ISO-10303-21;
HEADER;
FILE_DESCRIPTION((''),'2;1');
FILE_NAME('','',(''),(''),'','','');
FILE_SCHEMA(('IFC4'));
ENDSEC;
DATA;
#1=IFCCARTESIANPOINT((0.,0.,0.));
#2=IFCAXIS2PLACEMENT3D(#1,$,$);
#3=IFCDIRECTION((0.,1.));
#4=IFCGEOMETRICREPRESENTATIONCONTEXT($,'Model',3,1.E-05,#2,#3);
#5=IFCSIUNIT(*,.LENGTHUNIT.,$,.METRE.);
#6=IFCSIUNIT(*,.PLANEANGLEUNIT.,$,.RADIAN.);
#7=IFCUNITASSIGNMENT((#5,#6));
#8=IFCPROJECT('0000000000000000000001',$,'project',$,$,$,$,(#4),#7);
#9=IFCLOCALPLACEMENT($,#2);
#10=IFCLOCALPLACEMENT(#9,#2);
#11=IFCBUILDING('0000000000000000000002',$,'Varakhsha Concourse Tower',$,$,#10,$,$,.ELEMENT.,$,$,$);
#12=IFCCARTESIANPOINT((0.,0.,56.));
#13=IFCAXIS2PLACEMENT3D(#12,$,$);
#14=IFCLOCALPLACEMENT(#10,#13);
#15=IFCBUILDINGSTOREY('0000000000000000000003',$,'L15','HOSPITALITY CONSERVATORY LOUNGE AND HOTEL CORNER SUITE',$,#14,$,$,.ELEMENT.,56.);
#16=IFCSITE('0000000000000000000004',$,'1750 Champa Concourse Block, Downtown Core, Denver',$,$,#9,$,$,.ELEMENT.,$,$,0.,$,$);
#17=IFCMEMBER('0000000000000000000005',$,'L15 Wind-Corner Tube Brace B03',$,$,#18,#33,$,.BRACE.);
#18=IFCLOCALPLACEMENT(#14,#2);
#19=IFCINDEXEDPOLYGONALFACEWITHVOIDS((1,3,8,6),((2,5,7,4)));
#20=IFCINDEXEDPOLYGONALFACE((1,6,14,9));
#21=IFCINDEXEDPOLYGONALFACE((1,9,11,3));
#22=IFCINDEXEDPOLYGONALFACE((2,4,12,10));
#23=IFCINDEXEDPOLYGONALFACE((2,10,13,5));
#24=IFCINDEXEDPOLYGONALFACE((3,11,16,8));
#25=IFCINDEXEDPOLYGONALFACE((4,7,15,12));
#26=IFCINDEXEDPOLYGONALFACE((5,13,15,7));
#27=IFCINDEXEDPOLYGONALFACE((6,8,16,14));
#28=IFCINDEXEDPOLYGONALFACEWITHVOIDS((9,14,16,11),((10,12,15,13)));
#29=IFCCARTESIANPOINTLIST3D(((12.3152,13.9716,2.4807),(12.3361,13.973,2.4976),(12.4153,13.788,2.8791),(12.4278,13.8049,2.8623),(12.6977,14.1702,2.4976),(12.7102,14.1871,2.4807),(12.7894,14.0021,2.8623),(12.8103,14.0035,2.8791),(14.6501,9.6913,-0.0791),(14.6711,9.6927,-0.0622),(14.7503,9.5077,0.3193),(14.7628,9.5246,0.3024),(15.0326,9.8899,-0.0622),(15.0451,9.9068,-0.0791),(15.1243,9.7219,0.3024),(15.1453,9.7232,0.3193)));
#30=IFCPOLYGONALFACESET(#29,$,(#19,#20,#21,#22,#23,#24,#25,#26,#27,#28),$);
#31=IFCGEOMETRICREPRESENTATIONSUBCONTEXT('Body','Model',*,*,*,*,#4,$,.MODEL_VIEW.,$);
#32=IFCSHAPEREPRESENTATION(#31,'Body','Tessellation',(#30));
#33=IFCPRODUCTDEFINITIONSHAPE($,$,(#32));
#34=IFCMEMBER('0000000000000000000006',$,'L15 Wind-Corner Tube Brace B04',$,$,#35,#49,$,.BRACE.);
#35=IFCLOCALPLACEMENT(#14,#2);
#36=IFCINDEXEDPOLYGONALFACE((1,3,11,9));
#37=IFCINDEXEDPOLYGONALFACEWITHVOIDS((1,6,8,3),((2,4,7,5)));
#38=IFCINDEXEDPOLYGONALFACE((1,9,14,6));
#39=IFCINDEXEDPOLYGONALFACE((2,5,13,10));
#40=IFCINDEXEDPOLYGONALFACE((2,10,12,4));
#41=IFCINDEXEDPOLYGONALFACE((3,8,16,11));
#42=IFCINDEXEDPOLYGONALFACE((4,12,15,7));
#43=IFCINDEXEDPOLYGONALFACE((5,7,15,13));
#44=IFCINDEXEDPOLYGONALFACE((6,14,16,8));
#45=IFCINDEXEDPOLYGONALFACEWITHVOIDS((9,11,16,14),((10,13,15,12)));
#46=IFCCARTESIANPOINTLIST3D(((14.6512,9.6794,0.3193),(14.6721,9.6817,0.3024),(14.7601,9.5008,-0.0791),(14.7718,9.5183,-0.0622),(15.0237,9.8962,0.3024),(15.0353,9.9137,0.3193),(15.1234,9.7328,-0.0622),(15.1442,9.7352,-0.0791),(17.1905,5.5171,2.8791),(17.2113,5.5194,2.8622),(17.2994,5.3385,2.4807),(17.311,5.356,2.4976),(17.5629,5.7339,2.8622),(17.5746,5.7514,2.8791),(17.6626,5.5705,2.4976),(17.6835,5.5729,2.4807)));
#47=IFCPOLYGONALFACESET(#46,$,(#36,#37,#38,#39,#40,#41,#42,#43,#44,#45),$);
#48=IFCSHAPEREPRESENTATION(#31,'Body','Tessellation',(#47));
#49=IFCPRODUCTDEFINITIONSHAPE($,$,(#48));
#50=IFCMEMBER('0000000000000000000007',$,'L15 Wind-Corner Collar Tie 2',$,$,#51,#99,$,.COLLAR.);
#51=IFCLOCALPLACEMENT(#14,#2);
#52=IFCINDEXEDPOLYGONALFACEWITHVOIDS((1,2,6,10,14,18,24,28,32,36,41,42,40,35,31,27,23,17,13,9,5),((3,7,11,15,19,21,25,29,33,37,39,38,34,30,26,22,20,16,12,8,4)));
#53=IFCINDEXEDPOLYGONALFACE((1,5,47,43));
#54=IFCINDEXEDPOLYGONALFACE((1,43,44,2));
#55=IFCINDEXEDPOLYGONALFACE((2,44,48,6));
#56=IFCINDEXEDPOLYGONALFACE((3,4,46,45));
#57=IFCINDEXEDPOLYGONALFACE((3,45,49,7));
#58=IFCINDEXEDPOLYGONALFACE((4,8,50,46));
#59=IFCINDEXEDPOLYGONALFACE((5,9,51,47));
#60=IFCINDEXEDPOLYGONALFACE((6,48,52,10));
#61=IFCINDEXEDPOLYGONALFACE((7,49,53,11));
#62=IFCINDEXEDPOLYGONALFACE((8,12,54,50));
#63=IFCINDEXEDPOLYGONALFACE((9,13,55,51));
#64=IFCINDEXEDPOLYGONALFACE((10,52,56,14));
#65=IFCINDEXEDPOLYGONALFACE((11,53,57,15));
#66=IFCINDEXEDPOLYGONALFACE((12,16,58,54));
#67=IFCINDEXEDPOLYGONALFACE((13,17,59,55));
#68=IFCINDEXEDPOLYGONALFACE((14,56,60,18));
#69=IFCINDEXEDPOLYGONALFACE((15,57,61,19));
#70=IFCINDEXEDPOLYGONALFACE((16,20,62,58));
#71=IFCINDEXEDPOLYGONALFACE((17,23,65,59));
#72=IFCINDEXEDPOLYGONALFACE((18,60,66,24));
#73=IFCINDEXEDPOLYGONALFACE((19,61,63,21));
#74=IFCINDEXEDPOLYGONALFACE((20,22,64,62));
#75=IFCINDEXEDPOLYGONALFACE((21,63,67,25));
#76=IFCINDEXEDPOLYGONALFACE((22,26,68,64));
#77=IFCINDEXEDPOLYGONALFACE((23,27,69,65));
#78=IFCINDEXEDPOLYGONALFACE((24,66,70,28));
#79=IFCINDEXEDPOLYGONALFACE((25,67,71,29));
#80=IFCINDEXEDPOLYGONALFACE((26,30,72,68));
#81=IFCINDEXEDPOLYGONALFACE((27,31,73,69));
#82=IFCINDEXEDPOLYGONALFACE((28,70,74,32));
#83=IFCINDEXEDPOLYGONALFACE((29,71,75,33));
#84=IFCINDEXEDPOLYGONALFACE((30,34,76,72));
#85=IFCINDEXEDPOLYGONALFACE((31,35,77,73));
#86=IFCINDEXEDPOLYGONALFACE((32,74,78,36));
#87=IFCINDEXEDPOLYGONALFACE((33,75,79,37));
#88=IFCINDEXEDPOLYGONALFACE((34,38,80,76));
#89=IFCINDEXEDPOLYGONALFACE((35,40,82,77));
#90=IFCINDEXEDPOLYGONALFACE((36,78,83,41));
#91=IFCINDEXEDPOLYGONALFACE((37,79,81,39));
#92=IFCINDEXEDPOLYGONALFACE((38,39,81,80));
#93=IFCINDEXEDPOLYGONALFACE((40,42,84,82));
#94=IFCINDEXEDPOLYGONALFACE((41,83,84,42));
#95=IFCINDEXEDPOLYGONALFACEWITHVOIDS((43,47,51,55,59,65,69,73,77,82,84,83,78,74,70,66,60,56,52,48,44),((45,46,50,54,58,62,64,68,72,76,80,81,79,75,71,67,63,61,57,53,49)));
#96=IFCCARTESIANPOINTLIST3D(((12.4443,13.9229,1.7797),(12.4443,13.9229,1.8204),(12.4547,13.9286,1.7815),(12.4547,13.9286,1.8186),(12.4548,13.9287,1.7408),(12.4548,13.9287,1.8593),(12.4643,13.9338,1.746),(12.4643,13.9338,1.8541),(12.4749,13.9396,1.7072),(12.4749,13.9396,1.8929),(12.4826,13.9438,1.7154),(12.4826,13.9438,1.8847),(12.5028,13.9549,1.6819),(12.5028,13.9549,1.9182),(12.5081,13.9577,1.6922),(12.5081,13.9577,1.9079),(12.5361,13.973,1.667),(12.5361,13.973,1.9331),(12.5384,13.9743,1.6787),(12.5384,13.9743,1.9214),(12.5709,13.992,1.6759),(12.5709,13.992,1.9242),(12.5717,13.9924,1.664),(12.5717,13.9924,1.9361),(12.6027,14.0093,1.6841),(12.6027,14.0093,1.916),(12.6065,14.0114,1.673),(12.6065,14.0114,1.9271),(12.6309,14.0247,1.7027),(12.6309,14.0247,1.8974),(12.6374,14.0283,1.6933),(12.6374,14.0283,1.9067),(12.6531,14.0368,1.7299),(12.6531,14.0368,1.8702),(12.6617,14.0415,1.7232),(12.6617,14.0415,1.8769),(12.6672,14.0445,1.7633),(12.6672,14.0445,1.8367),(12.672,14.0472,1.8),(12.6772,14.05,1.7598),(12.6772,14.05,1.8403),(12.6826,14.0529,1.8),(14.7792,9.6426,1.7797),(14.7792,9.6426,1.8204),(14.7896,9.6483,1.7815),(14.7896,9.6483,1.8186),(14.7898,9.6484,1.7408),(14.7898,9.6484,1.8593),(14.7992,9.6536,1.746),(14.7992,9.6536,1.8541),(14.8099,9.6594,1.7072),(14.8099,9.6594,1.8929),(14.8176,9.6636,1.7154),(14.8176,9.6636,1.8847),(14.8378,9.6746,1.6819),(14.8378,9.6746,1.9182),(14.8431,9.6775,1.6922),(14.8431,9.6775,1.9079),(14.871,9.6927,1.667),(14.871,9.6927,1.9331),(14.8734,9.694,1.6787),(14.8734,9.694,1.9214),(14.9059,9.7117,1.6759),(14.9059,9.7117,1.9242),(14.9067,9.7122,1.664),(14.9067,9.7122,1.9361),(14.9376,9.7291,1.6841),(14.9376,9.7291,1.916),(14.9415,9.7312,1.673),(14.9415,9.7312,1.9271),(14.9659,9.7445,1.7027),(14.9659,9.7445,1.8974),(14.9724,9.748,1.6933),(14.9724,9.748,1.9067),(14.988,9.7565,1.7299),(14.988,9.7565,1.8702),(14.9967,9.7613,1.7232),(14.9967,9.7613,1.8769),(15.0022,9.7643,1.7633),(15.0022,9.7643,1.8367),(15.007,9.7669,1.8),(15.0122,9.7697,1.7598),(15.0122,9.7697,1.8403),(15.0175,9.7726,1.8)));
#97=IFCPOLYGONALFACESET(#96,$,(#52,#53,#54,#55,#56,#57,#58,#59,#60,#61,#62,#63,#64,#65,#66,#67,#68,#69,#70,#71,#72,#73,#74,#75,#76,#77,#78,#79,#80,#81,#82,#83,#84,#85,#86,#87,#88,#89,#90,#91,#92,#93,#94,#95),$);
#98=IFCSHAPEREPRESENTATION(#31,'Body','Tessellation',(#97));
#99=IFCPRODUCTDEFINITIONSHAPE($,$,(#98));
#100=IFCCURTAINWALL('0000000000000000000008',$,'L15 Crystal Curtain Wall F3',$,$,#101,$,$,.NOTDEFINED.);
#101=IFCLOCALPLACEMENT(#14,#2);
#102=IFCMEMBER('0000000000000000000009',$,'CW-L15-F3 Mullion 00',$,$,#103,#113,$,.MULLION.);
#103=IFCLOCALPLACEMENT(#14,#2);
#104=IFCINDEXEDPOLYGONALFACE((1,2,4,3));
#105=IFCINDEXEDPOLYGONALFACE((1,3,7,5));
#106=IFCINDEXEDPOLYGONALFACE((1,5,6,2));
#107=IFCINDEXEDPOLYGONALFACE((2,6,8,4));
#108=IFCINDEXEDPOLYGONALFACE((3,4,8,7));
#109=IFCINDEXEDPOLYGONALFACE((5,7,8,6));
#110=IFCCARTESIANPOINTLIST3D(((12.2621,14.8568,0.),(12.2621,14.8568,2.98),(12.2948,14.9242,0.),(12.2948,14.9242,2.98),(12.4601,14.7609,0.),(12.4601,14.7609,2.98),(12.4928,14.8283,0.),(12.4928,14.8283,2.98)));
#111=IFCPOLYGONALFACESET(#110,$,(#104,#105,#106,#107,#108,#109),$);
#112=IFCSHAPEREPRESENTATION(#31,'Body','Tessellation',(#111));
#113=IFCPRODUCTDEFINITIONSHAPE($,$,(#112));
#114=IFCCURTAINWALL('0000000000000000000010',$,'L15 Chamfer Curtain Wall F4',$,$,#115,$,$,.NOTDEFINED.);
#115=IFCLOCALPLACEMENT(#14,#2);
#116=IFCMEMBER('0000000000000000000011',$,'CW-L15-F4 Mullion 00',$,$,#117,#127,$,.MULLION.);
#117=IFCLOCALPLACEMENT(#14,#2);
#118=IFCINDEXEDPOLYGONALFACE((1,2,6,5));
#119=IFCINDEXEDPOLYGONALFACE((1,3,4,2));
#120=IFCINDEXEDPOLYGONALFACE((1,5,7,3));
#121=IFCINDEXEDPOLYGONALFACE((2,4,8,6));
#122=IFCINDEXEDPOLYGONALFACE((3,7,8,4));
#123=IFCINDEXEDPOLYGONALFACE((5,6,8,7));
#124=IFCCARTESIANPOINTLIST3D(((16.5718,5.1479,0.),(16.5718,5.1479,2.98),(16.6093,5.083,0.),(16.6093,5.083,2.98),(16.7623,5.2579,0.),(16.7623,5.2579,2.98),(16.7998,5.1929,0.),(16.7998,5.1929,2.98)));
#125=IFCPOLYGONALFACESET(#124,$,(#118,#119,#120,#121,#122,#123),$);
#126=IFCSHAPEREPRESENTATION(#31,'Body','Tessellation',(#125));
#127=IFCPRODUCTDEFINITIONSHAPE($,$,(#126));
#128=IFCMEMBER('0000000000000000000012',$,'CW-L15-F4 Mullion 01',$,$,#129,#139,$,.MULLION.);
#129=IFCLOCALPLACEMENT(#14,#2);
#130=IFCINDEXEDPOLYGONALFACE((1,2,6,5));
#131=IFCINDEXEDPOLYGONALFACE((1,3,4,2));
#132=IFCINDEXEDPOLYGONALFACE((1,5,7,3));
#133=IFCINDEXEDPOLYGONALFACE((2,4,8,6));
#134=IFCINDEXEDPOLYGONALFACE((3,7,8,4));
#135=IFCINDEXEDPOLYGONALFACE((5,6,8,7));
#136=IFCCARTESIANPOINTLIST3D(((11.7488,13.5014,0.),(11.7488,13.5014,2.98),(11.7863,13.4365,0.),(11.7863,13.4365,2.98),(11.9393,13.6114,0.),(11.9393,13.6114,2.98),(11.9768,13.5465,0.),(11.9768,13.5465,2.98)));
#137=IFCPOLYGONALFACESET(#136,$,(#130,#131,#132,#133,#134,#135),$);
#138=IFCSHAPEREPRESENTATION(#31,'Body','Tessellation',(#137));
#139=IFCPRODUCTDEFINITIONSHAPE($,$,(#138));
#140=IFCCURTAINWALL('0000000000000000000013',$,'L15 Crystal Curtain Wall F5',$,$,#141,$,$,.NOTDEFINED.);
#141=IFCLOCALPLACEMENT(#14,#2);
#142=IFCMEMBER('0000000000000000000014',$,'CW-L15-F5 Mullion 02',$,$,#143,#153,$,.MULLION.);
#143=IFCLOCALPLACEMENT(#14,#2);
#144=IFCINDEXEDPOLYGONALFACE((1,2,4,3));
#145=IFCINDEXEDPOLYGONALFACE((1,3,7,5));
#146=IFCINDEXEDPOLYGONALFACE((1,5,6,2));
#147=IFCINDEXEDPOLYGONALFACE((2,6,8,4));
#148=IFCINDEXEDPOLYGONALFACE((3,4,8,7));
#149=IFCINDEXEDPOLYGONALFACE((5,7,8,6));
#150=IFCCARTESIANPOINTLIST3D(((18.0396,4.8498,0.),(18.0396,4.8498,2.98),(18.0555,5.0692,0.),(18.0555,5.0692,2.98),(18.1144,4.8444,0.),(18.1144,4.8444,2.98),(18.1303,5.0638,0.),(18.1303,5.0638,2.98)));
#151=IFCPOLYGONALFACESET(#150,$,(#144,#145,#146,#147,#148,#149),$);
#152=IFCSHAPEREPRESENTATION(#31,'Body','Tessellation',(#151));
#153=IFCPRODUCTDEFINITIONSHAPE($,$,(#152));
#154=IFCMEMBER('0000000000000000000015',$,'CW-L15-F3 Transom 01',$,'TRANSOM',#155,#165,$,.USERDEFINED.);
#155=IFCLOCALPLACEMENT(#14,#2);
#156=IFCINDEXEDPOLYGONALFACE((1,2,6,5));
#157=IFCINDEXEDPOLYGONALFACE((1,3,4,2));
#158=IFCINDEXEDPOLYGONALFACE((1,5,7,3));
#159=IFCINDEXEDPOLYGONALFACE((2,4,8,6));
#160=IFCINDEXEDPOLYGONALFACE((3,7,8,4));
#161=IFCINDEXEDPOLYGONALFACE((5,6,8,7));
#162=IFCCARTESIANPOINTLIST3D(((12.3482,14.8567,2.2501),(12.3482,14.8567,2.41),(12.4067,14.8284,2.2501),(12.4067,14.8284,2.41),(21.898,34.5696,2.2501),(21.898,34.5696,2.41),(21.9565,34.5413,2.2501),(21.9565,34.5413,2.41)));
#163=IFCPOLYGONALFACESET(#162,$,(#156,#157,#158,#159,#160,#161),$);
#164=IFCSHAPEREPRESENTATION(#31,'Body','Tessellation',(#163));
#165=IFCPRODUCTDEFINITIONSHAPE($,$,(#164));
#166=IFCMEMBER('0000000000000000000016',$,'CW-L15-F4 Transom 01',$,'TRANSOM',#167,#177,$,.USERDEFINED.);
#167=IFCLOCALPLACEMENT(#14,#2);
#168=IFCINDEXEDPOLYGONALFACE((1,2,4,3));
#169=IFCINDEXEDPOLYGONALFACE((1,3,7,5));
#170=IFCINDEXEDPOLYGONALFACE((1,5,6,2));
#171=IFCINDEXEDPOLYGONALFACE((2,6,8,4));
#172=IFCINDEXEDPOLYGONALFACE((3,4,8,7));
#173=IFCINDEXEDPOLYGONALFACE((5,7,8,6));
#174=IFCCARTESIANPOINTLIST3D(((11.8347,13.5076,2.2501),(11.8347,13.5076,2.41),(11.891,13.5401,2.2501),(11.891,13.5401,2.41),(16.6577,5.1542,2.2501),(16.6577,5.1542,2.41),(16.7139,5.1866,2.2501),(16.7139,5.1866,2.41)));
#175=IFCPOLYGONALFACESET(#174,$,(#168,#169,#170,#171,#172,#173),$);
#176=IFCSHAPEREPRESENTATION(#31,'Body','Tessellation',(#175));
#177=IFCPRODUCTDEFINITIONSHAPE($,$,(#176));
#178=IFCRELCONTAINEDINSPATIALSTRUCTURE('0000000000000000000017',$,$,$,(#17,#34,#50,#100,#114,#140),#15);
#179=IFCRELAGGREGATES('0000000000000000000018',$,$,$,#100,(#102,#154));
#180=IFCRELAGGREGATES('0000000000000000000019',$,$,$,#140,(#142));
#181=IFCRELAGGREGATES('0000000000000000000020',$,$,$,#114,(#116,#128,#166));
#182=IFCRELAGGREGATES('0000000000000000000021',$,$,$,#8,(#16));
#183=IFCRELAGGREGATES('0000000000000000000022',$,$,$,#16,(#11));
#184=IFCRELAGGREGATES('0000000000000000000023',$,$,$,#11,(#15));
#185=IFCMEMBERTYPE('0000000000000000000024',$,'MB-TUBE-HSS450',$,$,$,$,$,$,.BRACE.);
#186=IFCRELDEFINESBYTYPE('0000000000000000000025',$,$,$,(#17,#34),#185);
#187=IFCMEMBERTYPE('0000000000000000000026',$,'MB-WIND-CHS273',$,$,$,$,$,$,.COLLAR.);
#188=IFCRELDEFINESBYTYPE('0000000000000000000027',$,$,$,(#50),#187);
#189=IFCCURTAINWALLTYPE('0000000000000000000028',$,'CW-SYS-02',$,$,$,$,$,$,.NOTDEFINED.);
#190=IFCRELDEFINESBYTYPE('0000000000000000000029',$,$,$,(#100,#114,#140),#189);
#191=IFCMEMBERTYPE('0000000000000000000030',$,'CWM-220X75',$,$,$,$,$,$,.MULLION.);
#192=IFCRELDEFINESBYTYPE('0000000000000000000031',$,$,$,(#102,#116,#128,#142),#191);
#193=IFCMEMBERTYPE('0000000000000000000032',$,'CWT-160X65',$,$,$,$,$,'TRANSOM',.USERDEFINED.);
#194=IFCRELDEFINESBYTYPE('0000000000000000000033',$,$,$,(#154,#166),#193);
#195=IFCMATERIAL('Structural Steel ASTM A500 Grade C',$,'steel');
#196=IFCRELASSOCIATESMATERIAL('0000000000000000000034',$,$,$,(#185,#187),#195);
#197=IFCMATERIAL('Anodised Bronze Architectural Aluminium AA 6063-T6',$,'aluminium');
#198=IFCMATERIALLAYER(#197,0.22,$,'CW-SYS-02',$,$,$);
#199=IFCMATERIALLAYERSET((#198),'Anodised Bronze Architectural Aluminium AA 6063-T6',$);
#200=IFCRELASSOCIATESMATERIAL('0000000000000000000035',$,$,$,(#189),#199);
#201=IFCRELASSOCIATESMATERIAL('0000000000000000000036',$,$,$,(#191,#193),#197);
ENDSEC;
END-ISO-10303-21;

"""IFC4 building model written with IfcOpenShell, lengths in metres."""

from ifc_helpers import new_model, si_unit, direction, frame, origin, origin_2d, place, context, subcontext, project, spatial, rectangle, hollow_rectangle, hollow_circle, extrude, source, transform, mapped, material, layer, layer_set, material_profile, profile_set, type_object, type_shapes, element, aggregate, save


model = new_model("IFC4")

# Units and contexts
model_context = context("Model", 3, precision=1e-05, world=origin(), true_north=direction((0.0, 1.0)))
body_context = subcontext(model_context, "Body", "Model", "MODEL_VIEW")
ifc_project = project(units=[si_unit("LENGTHUNIT", "METRE"), si_unit("PLANEANGLEUNIT", "RADIAN")], contexts=[model_context])

# Site, building, storey
site_placement = place(None, origin())
site = spatial("IfcSite", under=ifc_project, at=site_placement, Name="1750 Champa Concourse Block, Downtown Core, Denver", CompositionType="ELEMENT", RefElevation=0.0)
building_placement = place(site_placement, origin())
building = spatial("IfcBuilding", under=site, at=building_placement, Name="Varakhsha Concourse Tower", CompositionType="ELEMENT")
storey_placement = place(building_placement, frame((0.0, 0.0, 56.0)))
storey = spatial("IfcBuildingStorey", under=building, at=storey_placement, Name="L15", Description="HOSPITALITY CONSERVATORY LOUNGE AND HOTEL CORNER SUITE", CompositionType="ELEMENT", Elevation=56.0)

# Members
ifc_material_1 = material(Name="Structural Steel ASTM A500 Grade C", Category="steel")
ifc_material_profile_1 = material_profile(ifc_material_1, hollow_rectangle(XDim=0.45, YDim=0.45, WallThickness=0.019, at=origin_2d()), Name="HSS 450x450x19")
ifc_profile_set_1 = profile_set([ifc_material_profile_1], Name="Structural Steel ASTM A500 Grade C")
member_type_1 = type_object("IfcMemberType", Name="MB-TUBE-HSS450", PredefinedType="BRACE", material=ifc_profile_set_1)
shared_shape_1 = source(origin(), body_context, "Body", "SweptSolid", [
    extrude(hollow_rectangle(XDim=0.45, YDim=0.45, WallThickness=0.019, at=origin_2d()), origin(), (0.0, 0.0, 1.0), 5.5068),
])
type_shapes(member_type_1, [shared_shape_1])
for number, where, z_axis, x_axis, name in (
    (1, (14.8977, 9.7073, 0.1201), (-0.42401, 0.777263, 0.464842), (-0.877873, -0.478894, 0.0), "L15 Wind-Corner Tube Brace B03"),
    (2, (14.8977, 9.7073, 0.1201), (0.461114, -0.755844, 0.464838), (0.853679, 0.5208, 0.0), "L15 Wind-Corner Tube Brace B04"),
):
    element("IfcMember", number, at=place(storey_placement, frame(where, z_axis=z_axis, x_axis=x_axis)), inside=storey, type_object=member_type_1, Name=name, PredefinedType="BRACE", context=body_context, shape_type="MappedRepresentation", body=[
        mapped(shared_shape_1, transform((0.0, 0.0, 0.0), scale=1.0)),
    ])
ifc_material_profile_2 = material_profile(ifc_material_1, hollow_circle(Radius=0.1365, WallThickness=0.012, at=origin_2d()), Name="CHS 273x12")
ifc_profile_set_2 = profile_set([ifc_material_profile_2], Name="Structural Steel ASTM A500 Grade C")
member_type_2 = type_object("IfcMemberType", Name="MB-WIND-CHS273", PredefinedType="COLLAR", material=ifc_profile_set_2)
shared_shape_2 = source(origin(), body_context, "Body", "SweptSolid", [
    extrude(hollow_circle(Radius=0.1365, WallThickness=0.012, at=origin_2d()), origin(), (0.0, 0.0, 1.0), 4.8757),
])
type_shapes(member_type_2, [shared_shape_2])
member_1_placement = place(storey_placement, frame((12.5627, 13.9875, 1.8), z_axis=(0.478894, -0.877873, 0.0), x_axis=(0.877873, 0.478894, 0.0)))
element("IfcMember", 3, at=member_1_placement, inside=storey, type_object=member_type_2, Name="L15 Wind-Corner Collar Tie 2", PredefinedType="COLLAR", context=body_context, shape_type="MappedRepresentation", body=[
    mapped(shared_shape_2, transform((0.0, 0.0, 0.0), scale=1.0)),
])

# Curtain wall, member
ifc_material_2 = material(Name="Anodised Bronze Architectural Aluminium AA 6063-T6", Category="aluminium")
ifc_layer_1 = layer(ifc_material_2, 0.22, Name="CW-SYS-02")
ifc_layer_set_1 = layer_set([ifc_layer_1], Name="Anodised Bronze Architectural Aluminium AA 6063-T6")
curtain_wall_type = type_object("IfcCurtainWallType", Name="CW-SYS-02", PredefinedType="NOTDEFINED", material=ifc_layer_set_1)
curtain_wall_1_placement = place(storey_placement, origin())
curtain_wall_1 = element("IfcCurtainWall", 4, at=curtain_wall_1_placement, inside=storey, type_object=curtain_wall_type, Name="L15 Crystal Curtain Wall F3", PredefinedType="NOTDEFINED")
ifc_material_profile_3 = material_profile(ifc_material_2, rectangle(XDim=0.075, YDim=0.22, at=origin_2d()), Name="CWM-220X75")
ifc_profile_set_3 = profile_set([ifc_material_profile_3], Name="Anodised Bronze Architectural Aluminium AA 6063-T6")
member_type_3 = type_object("IfcMemberType", Name="CWM-220X75", PredefinedType="MULLION", material=ifc_profile_set_3)
shared_shape_3 = source(origin(), body_context, "Body", "SweptSolid", [
    extrude(rectangle(XDim=0.075, YDim=0.22, at=origin_2d()), origin(), (0.0, 0.0, 1.0), 2.98),
])
type_shapes(member_type_3, [shared_shape_3])
member_2_placement = place(storey_placement, frame((12.3774, 14.8425, 0.0), z_axis=(0.0, 0.0, 1.0), x_axis=(0.435982, 0.899955, 0.0)))
member_2 = element("IfcMember", 5, at=member_2_placement, type_object=member_type_3, Name="CW-L15-F3 Mullion 00", PredefinedType="MULLION", context=body_context, shape_type="MappedRepresentation", body=[
    mapped(shared_shape_3, transform((0.0, 0.0, 0.0), scale=1.0)),
])

# Curtain wall, members
curtain_wall_2_placement = place(storey_placement, origin())
curtain_wall_2 = element("IfcCurtainWall", 6, at=curtain_wall_2_placement, inside=storey, type_object=curtain_wall_type, Name="L15 Chamfer Curtain Wall F4", PredefinedType="NOTDEFINED")
member_3_placement = place(storey_placement, frame((16.6858, 5.1704, 0.0), z_axis=(0.0, 0.0, 1.0), x_axis=(-0.499992, 0.86603, 0.0)))
member_3 = element("IfcMember", 7, at=member_3_placement, type_object=member_type_3, Name="CW-L15-F4 Mullion 00", PredefinedType="MULLION", context=body_context, shape_type="MappedRepresentation", body=[
    mapped(shared_shape_3, transform((0.0, 0.0, 0.0), scale=1.0)),
])
member_4_placement = place(storey_placement, frame((11.8628, 13.5239, 0.0), z_axis=(0.0, 0.0, 1.0), x_axis=(-0.499992, 0.86603, 0.0)))
member_4 = element("IfcMember", 8, at=member_4_placement, type_object=member_type_3, Name="CW-L15-F4 Mullion 01", PredefinedType="MULLION", context=body_context, shape_type="MappedRepresentation", body=[
    mapped(shared_shape_3, transform((0.0, 0.0, 0.0), scale=1.0)),
])

# Curtain wall, member
curtain_wall_3_placement = place(storey_placement, origin())
curtain_wall_3 = element("IfcCurtainWall", 9, at=curtain_wall_3_placement, inside=storey, type_object=curtain_wall_type, Name="L15 Crystal Curtain Wall F5", PredefinedType="NOTDEFINED")
member_5_placement = place(storey_placement, frame((18.085, 4.9568, 0.0), z_axis=(0.0, 0.0, 1.0), x_axis=(-0.997376, 0.072401, 0.0)))
member_5 = element("IfcMember", 10, at=member_5_placement, type_object=member_type_3, Name="CW-L15-F5 Mullion 02", PredefinedType="MULLION", context=body_context, shape_type="MappedRepresentation", body=[
    mapped(shared_shape_3, transform((0.0, 0.0, 0.0), scale=1.0)),
])

# Members
ifc_material_profile_4 = material_profile(ifc_material_2, rectangle(XDim=0.0649, YDim=0.1599, at=origin_2d()), Name="CWT-160X65")
ifc_profile_set_4 = profile_set([ifc_material_profile_4], Name="Anodised Bronze Architectural Aluminium AA 6063-T6")
member_type_4 = type_object("IfcMemberType", Name="CWT-160X65", ElementType="TRANSOM", PredefinedType="USERDEFINED", material=ifc_profile_set_4)
shared_shape_4 = source(origin(), body_context, "Body", "SweptSolid", [
    extrude(rectangle(XDim=0.0649, YDim=0.1599, at=origin_2d()), origin(), (0.0, 0.0, 1.0), 21.9043),
])
member_6_placement = place(storey_placement, frame((12.3774, 14.8425, 2.3301), z_axis=(0.435979, 0.899957, 0.0), x_axis=(-0.899957, 0.435979, 0.0)))
member_6 = element("IfcMember", 11, at=member_6_placement, type_object=member_type_4, Name="CW-L15-F3 Transom 01", ObjectType="TRANSOM", PredefinedType="USERDEFINED", context=body_context, shape_type="MappedRepresentation", body=[
    mapped(shared_shape_4, transform((0.0, 0.0, 0.0), scale=1.0)),
])
shared_shape_5 = source(origin(), body_context, "Body", "SweptSolid", [
    extrude(rectangle(XDim=0.0649, YDim=0.1599, at=origin_2d()), origin(), (0.0, 0.0, 1.0), 9.6458),
])
type_shapes(member_type_4, [shared_shape_4, shared_shape_5])
member_7_placement = place(storey_placement, frame((16.6858, 5.1704, 2.3301), z_axis=(-0.500007, 0.866021, 0.0), x_axis=(-0.866021, -0.500007, 0.0)))
member_7 = element("IfcMember", 12, at=member_7_placement, type_object=member_type_4, Name="CW-L15-F4 Transom 01", ObjectType="TRANSOM", PredefinedType="USERDEFINED", context=body_context, shape_type="MappedRepresentation", body=[
    mapped(shared_shape_5, transform((0.0, 0.0, 0.0), scale=1.0)),
])

aggregate(curtain_wall_1, [member_2, member_6])
aggregate(curtain_wall_3, [member_5])
aggregate(curtain_wall_2, [member_3, member_4, member_7])

save(model, "model.ifc")
